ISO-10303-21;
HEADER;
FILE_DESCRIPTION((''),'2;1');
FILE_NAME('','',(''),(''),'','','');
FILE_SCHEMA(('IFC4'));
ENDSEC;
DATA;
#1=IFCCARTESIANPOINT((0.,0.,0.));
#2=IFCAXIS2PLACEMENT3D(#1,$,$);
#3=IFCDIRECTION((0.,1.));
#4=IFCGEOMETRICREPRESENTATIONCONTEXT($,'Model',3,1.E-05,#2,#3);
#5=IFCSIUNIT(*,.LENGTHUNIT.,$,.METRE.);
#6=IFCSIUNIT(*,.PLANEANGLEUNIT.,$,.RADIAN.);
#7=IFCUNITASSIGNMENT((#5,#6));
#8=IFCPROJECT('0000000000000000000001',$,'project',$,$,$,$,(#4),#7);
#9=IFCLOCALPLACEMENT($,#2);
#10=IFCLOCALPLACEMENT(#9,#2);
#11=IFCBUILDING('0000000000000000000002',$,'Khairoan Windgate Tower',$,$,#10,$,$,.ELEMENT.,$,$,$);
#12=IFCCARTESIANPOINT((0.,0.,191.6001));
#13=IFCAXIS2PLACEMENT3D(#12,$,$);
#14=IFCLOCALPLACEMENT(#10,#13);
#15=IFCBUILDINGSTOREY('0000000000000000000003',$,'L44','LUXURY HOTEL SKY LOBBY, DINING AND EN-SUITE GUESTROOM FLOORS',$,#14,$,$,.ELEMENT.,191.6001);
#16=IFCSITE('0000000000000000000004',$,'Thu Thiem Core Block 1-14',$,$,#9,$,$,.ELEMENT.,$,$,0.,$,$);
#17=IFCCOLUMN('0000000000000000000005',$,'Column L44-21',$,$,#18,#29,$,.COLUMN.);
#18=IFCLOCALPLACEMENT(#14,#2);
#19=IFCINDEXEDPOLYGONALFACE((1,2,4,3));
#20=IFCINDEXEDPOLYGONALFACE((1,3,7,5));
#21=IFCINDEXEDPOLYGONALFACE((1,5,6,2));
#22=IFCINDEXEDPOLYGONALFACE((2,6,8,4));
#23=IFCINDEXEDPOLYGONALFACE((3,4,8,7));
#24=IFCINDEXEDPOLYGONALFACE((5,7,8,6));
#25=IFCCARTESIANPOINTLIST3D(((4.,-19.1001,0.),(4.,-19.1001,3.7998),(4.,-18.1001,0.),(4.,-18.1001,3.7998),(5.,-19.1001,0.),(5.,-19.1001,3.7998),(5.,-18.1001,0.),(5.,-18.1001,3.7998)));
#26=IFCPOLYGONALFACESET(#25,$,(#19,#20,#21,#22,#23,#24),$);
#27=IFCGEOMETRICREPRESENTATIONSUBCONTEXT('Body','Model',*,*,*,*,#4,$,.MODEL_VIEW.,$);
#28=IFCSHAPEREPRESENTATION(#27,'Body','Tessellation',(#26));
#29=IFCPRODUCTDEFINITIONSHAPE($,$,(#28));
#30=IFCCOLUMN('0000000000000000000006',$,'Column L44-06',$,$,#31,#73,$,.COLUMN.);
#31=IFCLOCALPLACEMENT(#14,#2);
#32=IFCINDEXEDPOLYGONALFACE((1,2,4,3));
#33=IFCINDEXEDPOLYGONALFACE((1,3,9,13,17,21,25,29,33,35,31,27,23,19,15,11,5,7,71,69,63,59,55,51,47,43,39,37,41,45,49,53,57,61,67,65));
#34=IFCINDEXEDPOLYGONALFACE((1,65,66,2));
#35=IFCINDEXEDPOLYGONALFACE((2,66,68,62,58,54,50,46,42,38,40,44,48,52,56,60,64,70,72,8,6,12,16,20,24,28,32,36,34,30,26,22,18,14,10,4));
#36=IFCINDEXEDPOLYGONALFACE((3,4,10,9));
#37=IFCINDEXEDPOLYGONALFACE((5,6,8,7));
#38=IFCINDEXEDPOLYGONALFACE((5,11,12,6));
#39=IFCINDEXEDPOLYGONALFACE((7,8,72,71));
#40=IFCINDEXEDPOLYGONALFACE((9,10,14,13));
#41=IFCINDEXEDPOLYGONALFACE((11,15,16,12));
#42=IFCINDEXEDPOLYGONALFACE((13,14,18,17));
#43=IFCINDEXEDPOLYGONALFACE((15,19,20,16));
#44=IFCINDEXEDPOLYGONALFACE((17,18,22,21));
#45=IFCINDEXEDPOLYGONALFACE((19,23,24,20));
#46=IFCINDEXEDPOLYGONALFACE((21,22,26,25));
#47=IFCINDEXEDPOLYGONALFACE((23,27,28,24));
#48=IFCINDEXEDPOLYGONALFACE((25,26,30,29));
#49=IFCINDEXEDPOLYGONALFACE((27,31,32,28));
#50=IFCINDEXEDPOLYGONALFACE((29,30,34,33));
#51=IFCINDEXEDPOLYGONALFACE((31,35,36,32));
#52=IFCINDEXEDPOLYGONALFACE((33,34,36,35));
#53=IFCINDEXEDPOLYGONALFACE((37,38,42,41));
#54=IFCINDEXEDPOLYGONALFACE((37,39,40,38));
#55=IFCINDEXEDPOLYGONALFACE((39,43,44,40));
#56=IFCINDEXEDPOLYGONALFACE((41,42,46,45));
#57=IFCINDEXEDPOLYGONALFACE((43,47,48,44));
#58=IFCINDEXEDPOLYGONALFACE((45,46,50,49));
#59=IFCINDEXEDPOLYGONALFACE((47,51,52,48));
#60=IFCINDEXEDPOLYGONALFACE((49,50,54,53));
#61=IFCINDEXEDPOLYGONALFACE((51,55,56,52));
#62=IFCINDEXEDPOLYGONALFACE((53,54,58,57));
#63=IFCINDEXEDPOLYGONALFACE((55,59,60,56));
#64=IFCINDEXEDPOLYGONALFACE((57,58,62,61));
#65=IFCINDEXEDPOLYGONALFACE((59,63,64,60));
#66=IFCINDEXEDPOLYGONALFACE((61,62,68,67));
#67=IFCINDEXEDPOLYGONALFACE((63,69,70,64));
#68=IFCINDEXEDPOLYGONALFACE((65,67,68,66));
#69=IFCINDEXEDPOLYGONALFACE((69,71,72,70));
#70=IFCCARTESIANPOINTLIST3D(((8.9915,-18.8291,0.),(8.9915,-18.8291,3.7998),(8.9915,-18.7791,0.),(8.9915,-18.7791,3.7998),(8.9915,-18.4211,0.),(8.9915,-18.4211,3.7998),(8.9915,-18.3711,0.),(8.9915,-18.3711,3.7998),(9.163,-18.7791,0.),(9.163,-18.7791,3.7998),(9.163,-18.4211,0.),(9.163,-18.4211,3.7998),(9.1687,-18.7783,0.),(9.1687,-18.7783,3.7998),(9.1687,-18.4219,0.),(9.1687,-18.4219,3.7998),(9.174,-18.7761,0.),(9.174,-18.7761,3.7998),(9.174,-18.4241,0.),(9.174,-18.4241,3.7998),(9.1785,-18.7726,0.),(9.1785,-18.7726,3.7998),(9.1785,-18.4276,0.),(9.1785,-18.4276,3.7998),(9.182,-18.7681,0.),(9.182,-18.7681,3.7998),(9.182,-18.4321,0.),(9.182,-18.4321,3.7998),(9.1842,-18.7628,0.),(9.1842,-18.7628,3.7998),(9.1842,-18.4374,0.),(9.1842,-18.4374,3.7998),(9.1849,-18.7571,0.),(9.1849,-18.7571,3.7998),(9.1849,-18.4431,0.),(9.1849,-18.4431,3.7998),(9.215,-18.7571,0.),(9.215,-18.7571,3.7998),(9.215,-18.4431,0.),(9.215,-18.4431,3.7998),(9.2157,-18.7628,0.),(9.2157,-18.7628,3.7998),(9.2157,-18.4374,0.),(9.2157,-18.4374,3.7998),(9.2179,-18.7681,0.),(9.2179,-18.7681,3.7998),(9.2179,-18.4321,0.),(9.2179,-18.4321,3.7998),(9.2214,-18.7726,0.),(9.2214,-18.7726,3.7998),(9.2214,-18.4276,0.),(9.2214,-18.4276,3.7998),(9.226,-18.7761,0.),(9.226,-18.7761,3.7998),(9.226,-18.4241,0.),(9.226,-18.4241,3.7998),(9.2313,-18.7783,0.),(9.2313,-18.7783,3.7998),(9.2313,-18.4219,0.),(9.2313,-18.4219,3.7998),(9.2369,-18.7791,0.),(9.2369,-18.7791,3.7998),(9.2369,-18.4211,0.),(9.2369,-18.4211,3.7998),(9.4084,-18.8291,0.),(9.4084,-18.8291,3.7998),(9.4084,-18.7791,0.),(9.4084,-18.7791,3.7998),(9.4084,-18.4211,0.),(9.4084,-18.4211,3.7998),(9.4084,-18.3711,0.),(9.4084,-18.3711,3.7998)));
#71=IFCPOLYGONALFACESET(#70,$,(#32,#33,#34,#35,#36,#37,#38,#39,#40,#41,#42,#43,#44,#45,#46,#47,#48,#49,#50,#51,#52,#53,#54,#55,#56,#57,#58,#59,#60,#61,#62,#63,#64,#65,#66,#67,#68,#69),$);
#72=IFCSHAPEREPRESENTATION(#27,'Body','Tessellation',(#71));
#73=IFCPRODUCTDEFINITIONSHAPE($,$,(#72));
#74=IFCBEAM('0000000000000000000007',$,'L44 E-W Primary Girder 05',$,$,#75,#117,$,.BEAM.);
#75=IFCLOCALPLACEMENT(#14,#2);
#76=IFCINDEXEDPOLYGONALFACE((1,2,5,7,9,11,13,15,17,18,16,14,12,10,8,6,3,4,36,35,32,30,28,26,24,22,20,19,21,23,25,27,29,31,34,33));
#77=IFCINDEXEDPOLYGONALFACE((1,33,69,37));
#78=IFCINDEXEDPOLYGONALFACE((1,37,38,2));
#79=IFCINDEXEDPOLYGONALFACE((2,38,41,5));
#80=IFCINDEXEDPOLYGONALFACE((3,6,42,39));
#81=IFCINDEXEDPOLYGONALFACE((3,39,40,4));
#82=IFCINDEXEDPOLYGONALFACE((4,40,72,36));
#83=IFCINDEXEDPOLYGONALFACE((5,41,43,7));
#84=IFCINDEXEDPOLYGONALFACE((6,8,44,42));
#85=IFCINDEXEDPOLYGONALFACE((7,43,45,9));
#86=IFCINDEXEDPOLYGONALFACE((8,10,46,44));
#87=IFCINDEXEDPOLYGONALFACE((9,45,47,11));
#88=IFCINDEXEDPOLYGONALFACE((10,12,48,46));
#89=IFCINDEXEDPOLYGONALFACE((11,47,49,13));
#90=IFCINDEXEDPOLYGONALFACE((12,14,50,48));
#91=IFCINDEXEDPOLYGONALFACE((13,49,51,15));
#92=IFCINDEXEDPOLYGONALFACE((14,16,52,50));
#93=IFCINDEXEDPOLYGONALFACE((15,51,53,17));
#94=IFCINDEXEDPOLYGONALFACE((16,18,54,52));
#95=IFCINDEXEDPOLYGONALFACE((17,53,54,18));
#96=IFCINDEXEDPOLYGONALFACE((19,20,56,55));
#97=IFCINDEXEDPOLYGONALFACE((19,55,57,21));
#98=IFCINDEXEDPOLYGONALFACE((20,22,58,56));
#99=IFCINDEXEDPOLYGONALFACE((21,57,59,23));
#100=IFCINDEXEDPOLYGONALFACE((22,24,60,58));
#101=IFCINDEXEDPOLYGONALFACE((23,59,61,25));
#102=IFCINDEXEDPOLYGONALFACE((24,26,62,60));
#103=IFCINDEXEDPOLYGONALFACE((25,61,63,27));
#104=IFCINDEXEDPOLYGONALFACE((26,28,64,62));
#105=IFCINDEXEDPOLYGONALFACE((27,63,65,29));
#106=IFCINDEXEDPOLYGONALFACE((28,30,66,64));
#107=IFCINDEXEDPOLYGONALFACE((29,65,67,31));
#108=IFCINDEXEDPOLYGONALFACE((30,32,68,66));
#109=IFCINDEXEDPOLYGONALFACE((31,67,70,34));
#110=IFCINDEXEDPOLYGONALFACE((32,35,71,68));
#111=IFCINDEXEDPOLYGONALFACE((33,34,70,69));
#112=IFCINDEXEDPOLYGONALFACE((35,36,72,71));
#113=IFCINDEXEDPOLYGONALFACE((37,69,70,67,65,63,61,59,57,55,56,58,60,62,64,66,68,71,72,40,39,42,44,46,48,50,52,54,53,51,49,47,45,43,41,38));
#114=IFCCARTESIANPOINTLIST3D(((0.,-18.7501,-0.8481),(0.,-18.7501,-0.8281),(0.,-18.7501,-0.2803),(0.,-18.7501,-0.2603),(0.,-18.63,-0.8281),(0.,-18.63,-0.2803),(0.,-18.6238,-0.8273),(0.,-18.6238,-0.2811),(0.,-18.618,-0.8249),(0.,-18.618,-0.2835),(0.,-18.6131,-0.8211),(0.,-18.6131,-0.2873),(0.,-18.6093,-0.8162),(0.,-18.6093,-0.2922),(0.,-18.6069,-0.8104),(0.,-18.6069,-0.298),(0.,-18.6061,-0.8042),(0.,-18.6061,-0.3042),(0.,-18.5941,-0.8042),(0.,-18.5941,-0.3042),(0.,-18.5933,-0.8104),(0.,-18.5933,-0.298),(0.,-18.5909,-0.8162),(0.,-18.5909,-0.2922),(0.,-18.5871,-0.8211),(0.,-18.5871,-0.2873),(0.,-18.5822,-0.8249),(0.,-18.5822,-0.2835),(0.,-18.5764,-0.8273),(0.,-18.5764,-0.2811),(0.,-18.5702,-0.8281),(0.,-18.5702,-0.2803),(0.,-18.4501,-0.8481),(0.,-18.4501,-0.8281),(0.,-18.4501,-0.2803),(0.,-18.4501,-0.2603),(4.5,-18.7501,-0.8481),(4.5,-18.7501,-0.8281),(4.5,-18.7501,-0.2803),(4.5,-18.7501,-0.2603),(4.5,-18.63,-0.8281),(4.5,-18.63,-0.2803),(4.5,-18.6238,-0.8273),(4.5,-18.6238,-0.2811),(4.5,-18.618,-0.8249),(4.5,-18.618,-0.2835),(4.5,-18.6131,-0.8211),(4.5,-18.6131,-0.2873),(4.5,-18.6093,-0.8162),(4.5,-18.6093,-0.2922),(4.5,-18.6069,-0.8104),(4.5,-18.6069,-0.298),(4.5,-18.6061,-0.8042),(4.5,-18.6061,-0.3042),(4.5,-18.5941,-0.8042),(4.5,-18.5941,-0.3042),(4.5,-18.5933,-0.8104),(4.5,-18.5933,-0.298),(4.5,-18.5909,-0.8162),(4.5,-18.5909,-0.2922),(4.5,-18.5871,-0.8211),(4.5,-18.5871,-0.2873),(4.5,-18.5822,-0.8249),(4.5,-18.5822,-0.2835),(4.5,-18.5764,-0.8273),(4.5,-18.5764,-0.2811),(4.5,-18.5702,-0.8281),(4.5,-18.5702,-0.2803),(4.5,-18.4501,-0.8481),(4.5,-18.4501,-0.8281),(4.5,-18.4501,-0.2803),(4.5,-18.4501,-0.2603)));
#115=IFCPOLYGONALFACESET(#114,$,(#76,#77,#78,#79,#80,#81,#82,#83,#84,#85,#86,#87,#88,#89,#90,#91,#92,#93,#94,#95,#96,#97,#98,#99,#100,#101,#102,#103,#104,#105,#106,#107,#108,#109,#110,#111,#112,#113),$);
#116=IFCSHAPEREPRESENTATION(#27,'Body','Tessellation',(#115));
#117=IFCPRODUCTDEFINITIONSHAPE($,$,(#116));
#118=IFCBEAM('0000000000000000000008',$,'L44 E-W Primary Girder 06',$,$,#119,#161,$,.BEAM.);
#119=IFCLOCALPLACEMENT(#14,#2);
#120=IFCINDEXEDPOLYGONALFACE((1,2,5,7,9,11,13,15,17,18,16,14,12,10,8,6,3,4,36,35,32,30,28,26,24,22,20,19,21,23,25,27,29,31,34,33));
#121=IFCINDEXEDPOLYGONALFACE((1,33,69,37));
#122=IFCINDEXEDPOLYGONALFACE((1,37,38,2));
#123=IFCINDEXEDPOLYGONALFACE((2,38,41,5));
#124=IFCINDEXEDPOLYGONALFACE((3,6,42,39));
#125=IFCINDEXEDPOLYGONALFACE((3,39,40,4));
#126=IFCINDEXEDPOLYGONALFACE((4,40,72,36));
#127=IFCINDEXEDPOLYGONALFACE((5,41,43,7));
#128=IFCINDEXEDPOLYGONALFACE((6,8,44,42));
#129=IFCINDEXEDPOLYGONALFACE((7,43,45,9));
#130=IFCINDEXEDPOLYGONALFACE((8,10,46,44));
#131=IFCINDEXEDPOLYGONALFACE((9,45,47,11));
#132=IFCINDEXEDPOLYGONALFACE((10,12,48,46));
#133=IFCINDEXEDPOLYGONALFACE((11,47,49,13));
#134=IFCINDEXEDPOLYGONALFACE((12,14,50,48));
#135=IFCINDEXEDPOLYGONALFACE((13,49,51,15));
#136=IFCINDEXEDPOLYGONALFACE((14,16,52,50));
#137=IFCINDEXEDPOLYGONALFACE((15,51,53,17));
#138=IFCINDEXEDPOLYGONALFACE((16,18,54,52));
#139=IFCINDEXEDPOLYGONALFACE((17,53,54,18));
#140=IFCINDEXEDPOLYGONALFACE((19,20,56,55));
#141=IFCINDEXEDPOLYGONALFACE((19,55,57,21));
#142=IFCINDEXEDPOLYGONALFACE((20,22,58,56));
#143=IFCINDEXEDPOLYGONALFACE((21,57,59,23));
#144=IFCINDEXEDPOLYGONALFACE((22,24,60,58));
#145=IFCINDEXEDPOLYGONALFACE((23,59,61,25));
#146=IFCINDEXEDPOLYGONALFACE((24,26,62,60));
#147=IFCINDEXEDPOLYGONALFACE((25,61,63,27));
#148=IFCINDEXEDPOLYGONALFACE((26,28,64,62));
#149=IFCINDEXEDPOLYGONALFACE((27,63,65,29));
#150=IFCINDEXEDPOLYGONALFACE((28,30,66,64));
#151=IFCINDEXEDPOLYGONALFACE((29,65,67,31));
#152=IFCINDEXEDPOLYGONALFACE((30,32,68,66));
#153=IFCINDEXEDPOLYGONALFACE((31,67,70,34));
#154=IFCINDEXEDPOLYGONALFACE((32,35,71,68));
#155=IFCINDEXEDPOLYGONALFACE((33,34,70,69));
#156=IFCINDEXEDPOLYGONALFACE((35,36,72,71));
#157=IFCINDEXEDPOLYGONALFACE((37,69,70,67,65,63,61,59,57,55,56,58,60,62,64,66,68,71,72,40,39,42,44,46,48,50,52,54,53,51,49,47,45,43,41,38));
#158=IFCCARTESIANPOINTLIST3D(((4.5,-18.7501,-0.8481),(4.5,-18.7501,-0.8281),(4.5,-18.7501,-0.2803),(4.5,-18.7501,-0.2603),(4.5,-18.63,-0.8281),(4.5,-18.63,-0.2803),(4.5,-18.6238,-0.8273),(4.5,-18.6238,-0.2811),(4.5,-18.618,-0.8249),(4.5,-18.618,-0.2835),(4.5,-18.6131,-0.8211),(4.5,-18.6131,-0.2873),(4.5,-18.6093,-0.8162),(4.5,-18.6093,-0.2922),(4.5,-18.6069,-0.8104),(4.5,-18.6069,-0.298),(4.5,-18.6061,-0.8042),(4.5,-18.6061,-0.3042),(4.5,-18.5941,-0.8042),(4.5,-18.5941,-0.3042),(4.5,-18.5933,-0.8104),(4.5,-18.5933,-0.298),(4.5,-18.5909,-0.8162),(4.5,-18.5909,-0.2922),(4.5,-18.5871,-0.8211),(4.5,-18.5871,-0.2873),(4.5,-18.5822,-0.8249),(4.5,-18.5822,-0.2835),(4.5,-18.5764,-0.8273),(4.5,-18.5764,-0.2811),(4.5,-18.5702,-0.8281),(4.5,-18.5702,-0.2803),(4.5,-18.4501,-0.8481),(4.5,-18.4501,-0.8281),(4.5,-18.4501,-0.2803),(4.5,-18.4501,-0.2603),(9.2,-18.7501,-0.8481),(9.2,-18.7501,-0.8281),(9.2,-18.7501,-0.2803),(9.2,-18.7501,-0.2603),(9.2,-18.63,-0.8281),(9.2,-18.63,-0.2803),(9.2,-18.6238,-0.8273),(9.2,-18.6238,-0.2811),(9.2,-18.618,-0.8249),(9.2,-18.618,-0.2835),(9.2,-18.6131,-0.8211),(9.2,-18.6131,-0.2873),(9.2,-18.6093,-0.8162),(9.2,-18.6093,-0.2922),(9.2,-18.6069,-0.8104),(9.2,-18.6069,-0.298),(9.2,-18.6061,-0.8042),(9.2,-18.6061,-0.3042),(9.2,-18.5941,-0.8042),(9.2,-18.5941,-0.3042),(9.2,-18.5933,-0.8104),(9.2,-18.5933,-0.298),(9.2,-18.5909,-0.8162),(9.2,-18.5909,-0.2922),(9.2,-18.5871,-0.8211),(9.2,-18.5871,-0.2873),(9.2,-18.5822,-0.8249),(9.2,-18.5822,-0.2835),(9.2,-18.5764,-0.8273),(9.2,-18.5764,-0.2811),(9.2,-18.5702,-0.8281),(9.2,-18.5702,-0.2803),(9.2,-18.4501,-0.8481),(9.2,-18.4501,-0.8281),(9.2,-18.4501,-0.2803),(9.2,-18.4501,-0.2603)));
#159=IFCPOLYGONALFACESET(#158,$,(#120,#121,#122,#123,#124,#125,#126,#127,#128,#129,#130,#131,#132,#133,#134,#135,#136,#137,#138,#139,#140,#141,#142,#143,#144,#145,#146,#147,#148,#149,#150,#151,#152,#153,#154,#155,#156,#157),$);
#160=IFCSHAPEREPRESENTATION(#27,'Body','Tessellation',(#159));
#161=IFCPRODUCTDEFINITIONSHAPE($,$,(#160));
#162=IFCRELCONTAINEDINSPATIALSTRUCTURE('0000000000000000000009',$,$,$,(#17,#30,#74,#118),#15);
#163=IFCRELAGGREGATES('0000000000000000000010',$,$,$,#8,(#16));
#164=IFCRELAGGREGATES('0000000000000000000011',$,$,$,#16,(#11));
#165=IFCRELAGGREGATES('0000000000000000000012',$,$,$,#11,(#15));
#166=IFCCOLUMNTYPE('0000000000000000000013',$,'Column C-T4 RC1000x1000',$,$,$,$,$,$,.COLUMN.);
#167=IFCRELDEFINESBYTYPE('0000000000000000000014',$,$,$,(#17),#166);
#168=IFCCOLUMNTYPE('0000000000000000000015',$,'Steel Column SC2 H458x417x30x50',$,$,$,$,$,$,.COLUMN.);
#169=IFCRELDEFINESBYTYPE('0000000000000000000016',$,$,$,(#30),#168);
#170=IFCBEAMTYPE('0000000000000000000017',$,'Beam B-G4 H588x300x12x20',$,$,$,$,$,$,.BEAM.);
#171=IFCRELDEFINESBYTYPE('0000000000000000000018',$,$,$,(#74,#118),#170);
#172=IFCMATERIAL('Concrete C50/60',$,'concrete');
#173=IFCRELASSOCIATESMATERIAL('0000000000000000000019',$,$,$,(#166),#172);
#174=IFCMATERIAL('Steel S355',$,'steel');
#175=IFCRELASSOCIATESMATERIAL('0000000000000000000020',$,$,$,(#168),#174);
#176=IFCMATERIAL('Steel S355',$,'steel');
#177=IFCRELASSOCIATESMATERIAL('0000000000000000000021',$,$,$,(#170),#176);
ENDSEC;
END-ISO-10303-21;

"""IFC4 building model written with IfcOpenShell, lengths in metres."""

from ifc_helpers import new_model, si_unit, direction, frame, origin, origin_2d, place, context, subcontext, project, spatial, rectangle, i_section, extrude, material, material_profile, profile_set, type_object, element, save


model = new_model("IFC4")

# Units and contexts
model_context = context("Model", 3, precision=1e-05, world=origin(), true_north=direction((0.0, 1.0)))
body_context = subcontext(model_context, "Body", "Model", "MODEL_VIEW")
ifc_project = project(units=[si_unit("LENGTHUNIT", "METRE"), si_unit("PLANEANGLEUNIT", "RADIAN")], contexts=[model_context])

# Site, building, storey
site_placement = place(None, origin())
site = spatial("IfcSite", under=ifc_project, at=site_placement, Name="Thu Thiem Core Block 1-14", CompositionType="ELEMENT", RefElevation=0.0)
building_placement = place(site_placement, origin())
building = spatial("IfcBuilding", under=site, at=building_placement, Name="Khairoan Windgate Tower", CompositionType="ELEMENT")
storey_placement = place(building_placement, frame((0.0, 0.0, 191.6001)))
storey = spatial("IfcBuildingStorey", under=building, at=storey_placement, Name="L44", Description="LUXURY HOTEL SKY LOBBY, DINING AND EN-SUITE GUESTROOM FLOORS", CompositionType="ELEMENT", Elevation=191.6001)

# Columns
ifc_material_1 = material(Name="Concrete C50/60", Category="concrete")
ifc_material_profile_1 = material_profile(ifc_material_1, rectangle(XDim=1.0, YDim=1.0, at=origin_2d()))
ifc_profile_set_1 = profile_set([ifc_material_profile_1], Name="Concrete C50/60")
column_type_1 = type_object("IfcColumnType", Name="Column C-T4 RC1000x1000", PredefinedType="COLUMN", material=ifc_profile_set_1)
column_1_placement = place(storey_placement, frame((4.5, -18.6001, 0.0), z_axis=(0.0, 0.0, 1.0), x_axis=(1.0, 0.0, 0.0)))
element("IfcColumn", 1, at=column_1_placement, inside=storey, type_object=column_type_1, Name="Column L44-21", PredefinedType="COLUMN", context=body_context, shape_type="SweptSolid", body=[
    extrude(rectangle(XDim=1.0, YDim=1.0, at=origin_2d()), origin(), (0.0, 0.0, 1.0), 3.7998),
])
ifc_material_2 = material(Name="Steel S355", Category="steel")
ifc_material_profile_2 = material_profile(ifc_material_2, i_section(OverallWidth=0.417, OverallDepth=0.458, WebThickness=0.03, FlangeThickness=0.05, FilletRadius=0.022, at=origin_2d()))
ifc_profile_set_2 = profile_set([ifc_material_profile_2], Name="Steel S355")
column_type_2 = type_object("IfcColumnType", Name="Steel Column SC2 H458x417x30x50", PredefinedType="COLUMN", material=ifc_profile_set_2)
column_2_placement = place(storey_placement, frame((9.2, -18.6001, 0.0), z_axis=(0.0, 0.0, 1.0), x_axis=(1.0, 0.0, 0.0)))
element("IfcColumn", 2, at=column_2_placement, inside=storey, type_object=column_type_2, Name="Column L44-06", PredefinedType="COLUMN", context=body_context, shape_type="SweptSolid", body=[
    extrude(i_section(OverallWidth=0.417, OverallDepth=0.458, WebThickness=0.03, FlangeThickness=0.05, FilletRadius=0.022, at=origin_2d()), origin(), (0.0, 0.0, 1.0), 3.7998),
])

# Beams
ifc_material_3 = material(Name="Steel S355", Category="steel")
ifc_material_profile_3 = material_profile(ifc_material_3, i_section(OverallWidth=0.3, OverallDepth=0.5879, WebThickness=0.012, FlangeThickness=0.02, FilletRadius=0.0239, at=origin_2d()))
ifc_profile_set_3 = profile_set([ifc_material_profile_3], Name="Steel S355")
beam_type_1 = type_object("IfcBeamType", Name="Beam B-G4 H588x300x12x20", PredefinedType="BEAM", material=ifc_profile_set_3)
beam_1_placement = place(storey_placement, frame((0.0, -18.6001, -0.5542), z_axis=(1.0, 0.0, 0.0), x_axis=(0.0, 1.0, 0.0)))
element("IfcBeam", 3, at=beam_1_placement, inside=storey, type_object=beam_type_1, Name="L44 E-W Primary Girder 05", PredefinedType="BEAM", context=body_context, shape_type="SweptSolid", body=[
    extrude(i_section(OverallWidth=0.3, OverallDepth=0.5879, WebThickness=0.012, FlangeThickness=0.02, FilletRadius=0.0239, at=origin_2d()), origin(), (0.0, 0.0, 1.0), 4.5),
])
beam_2_placement = place(storey_placement, frame((4.5, -18.6001, -0.5542), z_axis=(1.0, 0.0, 0.0), x_axis=(0.0, 1.0, 0.0)))
element("IfcBeam", 4, at=beam_2_placement, inside=storey, type_object=beam_type_1, Name="L44 E-W Primary Girder 06", PredefinedType="BEAM", context=body_context, shape_type="SweptSolid", body=[
    extrude(i_section(OverallWidth=0.3, OverallDepth=0.5879, WebThickness=0.012, FlangeThickness=0.02, FilletRadius=0.0239, at=origin_2d()), origin(), (0.0, 0.0, 1.0), 4.7),
])

save(model, "model.ifc")
